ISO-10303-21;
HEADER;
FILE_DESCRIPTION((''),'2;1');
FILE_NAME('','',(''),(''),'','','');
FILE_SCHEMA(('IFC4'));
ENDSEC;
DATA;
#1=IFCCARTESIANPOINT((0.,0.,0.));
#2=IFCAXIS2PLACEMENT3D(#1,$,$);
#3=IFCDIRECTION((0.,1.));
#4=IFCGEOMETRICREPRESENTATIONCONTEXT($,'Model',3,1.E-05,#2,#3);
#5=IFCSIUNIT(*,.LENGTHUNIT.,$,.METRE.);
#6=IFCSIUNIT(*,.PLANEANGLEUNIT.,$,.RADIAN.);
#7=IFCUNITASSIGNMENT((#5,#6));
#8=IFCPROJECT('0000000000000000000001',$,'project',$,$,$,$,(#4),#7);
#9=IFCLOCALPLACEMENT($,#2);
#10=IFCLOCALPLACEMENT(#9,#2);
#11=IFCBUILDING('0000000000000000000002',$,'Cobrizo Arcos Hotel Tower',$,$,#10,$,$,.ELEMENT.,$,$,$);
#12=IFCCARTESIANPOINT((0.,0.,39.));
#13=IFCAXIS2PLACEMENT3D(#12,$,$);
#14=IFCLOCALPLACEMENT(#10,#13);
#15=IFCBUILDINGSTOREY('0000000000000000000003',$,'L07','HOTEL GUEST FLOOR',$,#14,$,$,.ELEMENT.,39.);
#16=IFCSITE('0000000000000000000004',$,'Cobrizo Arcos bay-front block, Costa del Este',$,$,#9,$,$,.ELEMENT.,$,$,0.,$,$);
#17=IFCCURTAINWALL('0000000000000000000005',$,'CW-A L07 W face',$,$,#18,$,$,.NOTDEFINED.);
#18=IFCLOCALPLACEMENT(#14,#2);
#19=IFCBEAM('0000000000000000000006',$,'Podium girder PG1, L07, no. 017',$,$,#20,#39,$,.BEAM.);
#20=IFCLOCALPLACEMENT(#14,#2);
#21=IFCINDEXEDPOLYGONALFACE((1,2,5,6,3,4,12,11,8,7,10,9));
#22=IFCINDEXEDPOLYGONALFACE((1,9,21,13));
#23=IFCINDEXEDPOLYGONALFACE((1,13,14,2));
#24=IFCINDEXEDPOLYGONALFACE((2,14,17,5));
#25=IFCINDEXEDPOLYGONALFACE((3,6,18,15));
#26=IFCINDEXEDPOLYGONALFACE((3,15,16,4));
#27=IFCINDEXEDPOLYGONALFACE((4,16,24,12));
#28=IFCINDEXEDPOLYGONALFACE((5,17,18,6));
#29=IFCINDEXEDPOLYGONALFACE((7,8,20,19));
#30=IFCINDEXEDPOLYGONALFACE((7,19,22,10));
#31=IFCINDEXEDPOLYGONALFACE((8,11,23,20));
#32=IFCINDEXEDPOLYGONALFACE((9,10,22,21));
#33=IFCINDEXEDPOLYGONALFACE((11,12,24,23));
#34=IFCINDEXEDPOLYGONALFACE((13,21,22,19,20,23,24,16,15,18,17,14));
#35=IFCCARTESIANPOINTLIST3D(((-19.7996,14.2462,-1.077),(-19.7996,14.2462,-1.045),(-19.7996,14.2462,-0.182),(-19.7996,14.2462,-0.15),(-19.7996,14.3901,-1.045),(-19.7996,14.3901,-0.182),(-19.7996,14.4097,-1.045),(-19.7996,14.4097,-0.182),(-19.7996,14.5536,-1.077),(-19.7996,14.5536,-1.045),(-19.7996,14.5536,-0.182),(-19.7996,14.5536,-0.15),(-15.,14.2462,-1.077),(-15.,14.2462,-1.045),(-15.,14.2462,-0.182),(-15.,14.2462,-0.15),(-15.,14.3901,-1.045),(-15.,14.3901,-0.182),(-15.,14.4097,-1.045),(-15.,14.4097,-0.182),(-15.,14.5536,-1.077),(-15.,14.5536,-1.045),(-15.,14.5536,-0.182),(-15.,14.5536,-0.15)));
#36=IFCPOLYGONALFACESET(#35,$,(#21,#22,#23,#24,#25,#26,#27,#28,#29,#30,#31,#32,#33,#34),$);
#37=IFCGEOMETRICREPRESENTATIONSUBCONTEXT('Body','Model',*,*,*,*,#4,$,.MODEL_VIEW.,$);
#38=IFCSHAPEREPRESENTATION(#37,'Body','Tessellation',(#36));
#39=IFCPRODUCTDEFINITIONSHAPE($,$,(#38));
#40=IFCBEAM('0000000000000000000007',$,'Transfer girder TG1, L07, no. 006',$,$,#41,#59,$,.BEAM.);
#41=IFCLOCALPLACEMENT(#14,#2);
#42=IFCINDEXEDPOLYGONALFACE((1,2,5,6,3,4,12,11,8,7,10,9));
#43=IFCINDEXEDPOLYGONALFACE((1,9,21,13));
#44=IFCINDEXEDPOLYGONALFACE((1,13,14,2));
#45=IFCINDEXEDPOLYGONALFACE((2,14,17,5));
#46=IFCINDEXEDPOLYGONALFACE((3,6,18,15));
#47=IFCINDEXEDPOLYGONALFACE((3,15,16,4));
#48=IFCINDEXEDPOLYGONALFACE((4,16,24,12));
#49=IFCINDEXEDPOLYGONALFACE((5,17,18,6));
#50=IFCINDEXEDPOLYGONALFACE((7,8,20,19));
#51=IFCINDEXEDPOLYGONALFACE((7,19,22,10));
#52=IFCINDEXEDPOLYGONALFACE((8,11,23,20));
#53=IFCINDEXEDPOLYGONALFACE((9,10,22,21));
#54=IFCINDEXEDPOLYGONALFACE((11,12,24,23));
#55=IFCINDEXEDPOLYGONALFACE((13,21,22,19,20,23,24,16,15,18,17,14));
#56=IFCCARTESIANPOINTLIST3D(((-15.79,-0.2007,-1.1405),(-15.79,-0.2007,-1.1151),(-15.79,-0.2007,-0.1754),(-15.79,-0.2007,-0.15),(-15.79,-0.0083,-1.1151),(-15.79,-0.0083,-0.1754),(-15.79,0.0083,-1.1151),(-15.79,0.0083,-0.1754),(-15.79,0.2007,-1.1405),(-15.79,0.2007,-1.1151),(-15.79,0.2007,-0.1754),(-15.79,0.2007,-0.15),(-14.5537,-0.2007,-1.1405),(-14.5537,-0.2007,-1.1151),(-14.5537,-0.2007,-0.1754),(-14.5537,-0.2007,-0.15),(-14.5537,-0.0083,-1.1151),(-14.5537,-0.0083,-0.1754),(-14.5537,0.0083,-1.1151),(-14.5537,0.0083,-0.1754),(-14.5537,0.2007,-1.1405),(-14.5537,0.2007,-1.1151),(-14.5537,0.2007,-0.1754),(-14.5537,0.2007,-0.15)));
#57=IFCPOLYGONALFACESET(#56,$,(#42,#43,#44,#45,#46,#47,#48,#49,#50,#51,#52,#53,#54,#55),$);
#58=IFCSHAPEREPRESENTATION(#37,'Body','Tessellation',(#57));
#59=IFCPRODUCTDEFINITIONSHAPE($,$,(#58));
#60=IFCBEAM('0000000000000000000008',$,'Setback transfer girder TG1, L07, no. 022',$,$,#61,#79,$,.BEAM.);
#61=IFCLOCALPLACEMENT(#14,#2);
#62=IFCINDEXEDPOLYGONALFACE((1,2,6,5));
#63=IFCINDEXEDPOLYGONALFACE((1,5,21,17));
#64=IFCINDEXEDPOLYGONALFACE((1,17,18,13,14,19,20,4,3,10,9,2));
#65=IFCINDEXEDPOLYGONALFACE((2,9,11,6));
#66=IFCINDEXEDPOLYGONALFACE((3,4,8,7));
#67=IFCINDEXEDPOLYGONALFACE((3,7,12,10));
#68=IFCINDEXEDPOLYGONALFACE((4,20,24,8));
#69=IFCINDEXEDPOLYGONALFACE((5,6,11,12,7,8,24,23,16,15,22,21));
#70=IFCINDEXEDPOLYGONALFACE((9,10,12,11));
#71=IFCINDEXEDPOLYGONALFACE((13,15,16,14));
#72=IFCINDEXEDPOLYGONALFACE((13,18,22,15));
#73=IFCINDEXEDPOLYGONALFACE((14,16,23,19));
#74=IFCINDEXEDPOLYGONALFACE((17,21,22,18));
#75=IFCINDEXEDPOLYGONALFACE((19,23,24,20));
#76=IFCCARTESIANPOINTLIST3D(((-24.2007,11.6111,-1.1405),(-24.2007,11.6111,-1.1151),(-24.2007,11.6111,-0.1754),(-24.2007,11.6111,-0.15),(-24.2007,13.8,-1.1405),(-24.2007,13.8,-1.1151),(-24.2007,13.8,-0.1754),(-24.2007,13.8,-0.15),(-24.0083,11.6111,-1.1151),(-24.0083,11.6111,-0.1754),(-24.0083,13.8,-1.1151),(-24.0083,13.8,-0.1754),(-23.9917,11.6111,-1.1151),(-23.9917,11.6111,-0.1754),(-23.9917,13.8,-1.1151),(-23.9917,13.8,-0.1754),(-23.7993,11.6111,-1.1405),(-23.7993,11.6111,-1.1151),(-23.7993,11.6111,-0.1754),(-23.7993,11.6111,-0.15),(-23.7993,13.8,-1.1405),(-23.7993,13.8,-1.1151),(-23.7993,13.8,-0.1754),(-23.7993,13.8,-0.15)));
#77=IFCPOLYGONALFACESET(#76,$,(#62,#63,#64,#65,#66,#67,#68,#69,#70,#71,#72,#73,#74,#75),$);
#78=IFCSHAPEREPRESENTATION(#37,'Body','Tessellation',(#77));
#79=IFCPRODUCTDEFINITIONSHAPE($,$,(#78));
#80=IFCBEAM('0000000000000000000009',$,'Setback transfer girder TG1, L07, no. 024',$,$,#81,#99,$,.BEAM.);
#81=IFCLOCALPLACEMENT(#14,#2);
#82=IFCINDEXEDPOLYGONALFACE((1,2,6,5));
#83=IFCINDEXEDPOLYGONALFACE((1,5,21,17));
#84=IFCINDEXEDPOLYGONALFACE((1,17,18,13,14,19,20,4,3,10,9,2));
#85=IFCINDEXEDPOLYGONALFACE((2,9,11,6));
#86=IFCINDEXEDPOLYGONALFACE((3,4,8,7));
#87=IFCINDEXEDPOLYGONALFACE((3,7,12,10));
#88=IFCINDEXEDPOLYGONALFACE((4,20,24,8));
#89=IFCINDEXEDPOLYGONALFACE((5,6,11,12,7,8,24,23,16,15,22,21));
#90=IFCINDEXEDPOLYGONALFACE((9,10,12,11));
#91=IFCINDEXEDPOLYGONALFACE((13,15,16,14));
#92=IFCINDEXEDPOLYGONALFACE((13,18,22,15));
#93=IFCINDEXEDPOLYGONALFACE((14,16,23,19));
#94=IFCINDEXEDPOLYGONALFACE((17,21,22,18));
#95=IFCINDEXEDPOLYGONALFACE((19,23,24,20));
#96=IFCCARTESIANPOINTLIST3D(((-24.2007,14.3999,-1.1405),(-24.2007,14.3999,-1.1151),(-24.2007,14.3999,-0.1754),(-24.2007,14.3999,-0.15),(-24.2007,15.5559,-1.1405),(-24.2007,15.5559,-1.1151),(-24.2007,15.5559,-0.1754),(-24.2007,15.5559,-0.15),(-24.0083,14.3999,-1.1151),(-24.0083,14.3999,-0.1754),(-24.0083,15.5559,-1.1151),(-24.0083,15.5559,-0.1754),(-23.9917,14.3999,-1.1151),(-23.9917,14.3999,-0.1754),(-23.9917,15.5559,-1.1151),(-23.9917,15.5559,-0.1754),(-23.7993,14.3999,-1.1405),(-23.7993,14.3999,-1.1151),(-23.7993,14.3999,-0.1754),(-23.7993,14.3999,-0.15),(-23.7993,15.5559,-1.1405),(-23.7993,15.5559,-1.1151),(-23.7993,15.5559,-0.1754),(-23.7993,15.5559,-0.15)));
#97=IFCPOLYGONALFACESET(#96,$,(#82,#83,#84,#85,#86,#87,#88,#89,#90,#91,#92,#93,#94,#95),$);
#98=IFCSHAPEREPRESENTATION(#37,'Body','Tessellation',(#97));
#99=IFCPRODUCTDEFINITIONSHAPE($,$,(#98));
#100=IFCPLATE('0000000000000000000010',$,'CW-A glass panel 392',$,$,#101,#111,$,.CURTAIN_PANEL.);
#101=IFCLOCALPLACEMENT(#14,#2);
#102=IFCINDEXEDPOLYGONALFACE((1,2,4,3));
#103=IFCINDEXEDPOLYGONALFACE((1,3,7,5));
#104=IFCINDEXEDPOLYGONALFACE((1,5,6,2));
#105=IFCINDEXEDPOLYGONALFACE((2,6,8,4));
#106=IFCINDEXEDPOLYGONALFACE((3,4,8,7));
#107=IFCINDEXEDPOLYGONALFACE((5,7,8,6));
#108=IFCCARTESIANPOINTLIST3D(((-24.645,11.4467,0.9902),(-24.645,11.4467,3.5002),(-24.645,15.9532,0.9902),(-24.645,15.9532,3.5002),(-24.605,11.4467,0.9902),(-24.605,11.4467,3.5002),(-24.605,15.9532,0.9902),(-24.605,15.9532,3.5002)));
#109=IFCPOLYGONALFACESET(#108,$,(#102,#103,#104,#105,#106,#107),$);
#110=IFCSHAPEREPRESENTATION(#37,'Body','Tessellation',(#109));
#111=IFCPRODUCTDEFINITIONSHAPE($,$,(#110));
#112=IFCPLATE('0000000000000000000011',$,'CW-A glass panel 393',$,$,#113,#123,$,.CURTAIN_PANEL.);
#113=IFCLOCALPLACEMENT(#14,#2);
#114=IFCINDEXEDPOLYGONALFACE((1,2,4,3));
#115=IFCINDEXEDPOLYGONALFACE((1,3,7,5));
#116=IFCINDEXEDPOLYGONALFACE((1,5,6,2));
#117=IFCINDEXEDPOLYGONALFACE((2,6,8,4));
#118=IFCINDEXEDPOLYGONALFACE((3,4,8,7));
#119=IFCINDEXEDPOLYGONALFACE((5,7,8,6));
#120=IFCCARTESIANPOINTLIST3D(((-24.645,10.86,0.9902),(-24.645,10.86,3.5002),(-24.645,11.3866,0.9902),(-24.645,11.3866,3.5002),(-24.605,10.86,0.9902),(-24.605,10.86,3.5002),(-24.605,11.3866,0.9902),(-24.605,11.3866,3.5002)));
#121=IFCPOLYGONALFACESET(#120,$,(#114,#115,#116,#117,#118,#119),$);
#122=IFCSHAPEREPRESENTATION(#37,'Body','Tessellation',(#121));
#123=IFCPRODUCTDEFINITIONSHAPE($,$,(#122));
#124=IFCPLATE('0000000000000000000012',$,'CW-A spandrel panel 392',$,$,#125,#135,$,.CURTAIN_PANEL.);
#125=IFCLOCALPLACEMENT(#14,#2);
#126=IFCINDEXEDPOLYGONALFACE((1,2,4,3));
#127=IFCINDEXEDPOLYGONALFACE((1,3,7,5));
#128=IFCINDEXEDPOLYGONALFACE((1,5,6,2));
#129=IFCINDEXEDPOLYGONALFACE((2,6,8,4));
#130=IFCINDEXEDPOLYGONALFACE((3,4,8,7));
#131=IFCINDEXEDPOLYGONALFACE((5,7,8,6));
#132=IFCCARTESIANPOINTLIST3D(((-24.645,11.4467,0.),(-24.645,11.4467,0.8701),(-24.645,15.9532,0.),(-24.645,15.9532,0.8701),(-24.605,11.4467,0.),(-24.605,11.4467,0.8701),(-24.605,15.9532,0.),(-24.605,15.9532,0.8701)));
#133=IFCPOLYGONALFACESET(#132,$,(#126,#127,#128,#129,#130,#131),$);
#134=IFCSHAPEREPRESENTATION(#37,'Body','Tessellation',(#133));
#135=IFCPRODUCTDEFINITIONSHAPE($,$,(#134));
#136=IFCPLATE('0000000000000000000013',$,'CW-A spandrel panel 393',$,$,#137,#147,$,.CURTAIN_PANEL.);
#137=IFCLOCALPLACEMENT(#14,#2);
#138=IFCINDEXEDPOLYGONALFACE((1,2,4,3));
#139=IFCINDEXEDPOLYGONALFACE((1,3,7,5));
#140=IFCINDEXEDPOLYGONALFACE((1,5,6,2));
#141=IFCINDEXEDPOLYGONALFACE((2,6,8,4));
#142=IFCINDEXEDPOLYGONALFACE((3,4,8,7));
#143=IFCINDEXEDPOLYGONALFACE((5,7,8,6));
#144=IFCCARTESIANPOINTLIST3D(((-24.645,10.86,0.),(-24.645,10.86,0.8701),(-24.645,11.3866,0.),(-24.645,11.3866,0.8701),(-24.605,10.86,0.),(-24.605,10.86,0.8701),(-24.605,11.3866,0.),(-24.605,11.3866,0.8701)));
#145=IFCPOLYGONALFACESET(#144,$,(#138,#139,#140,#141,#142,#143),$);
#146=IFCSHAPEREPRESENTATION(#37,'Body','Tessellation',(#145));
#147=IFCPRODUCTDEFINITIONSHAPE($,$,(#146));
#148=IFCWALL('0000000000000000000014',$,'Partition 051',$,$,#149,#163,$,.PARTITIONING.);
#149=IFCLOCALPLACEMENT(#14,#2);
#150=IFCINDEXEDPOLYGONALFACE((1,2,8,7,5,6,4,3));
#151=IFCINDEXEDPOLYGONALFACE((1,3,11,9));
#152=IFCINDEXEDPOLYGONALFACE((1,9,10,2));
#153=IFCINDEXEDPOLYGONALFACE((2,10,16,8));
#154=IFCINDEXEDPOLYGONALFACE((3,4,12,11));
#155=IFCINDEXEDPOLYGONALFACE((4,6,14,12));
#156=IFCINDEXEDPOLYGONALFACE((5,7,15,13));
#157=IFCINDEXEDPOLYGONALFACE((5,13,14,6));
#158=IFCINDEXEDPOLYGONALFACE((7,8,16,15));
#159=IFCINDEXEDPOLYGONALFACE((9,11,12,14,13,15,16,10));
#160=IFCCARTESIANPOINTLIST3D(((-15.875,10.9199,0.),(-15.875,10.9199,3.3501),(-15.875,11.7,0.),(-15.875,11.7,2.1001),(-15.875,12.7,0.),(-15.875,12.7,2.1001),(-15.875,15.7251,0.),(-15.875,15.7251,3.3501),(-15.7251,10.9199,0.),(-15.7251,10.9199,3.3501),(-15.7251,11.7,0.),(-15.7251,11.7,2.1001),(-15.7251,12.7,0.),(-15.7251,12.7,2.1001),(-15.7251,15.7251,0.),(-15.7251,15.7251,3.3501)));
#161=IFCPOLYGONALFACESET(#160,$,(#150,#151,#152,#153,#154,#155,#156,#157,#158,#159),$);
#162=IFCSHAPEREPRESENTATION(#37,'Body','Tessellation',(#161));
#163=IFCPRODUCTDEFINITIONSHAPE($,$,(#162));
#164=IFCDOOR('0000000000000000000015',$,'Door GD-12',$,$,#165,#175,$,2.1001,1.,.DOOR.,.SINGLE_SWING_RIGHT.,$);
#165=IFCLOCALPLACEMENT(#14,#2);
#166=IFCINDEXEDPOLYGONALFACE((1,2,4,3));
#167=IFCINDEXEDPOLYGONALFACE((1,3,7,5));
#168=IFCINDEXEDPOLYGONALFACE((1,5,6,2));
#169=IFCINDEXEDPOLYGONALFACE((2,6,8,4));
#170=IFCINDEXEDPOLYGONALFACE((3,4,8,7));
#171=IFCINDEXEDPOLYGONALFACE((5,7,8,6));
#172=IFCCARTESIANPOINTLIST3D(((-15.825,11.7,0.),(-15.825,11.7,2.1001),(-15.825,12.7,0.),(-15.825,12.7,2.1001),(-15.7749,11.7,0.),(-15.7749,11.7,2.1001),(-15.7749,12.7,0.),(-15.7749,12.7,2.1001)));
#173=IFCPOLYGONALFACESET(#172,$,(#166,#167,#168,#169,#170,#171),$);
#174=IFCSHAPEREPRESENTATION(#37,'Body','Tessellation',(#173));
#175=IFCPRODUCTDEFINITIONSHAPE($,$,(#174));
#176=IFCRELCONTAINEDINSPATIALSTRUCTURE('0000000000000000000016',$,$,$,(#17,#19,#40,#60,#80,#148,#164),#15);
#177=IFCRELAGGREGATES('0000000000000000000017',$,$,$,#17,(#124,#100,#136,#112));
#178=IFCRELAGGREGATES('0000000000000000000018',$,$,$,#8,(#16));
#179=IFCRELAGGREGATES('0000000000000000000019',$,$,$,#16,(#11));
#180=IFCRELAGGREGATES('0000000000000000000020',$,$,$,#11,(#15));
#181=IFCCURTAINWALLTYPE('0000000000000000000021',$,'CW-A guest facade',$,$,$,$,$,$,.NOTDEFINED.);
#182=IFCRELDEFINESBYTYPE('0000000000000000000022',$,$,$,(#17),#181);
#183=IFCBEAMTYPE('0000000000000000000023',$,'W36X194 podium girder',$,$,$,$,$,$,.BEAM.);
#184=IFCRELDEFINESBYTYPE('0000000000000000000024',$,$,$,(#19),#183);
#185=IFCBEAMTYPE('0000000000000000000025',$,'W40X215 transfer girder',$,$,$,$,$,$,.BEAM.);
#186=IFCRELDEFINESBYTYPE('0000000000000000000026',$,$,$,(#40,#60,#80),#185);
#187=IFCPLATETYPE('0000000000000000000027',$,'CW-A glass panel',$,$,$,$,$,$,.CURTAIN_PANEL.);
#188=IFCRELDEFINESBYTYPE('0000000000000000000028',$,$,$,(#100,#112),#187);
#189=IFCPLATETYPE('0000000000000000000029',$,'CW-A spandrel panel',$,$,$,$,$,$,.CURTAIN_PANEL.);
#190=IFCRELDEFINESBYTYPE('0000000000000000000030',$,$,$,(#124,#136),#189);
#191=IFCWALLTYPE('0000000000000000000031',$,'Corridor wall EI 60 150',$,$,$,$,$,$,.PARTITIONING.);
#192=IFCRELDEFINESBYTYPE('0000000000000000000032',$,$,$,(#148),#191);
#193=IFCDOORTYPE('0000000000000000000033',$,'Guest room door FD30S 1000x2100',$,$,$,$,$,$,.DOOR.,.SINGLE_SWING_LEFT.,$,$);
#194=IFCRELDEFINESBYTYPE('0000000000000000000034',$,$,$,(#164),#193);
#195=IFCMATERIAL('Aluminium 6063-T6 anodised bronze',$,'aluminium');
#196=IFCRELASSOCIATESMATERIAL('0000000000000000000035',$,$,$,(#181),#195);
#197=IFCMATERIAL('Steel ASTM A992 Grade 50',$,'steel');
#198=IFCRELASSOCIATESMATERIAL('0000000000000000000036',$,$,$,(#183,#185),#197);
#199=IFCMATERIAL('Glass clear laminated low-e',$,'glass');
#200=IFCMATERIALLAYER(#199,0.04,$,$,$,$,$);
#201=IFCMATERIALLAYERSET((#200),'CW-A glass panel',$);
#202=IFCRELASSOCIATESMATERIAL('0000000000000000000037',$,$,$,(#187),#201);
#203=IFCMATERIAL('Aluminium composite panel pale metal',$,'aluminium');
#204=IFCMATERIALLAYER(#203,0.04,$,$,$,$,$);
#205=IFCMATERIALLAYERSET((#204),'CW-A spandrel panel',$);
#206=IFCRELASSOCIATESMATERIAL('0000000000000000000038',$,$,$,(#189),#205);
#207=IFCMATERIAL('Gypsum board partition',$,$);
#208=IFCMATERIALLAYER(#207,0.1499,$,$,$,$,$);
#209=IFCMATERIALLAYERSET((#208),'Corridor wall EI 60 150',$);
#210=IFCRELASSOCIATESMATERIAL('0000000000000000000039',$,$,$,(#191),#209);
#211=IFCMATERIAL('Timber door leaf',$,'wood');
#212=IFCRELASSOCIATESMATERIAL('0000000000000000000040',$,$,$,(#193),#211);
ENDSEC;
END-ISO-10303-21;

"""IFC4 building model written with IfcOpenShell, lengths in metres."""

from ifc_helpers import new_model, si_unit, direction, frame, frame_2d, origin, origin_2d, place, context, subcontext, project, spatial, rectangle, i_section, extrude, material, layer, layer_set, material_profile, profile_set, type_object, element, fill, aggregate, save


model = new_model("IFC4")

# Units and contexts
model_context = context("Model", 3, precision=1e-05, world=origin(), true_north=direction((0.0, 1.0)))
body_context = subcontext(model_context, "Body", "Model", "MODEL_VIEW")
ifc_project = project(units=[si_unit("LENGTHUNIT", "METRE"), si_unit("PLANEANGLEUNIT", "RADIAN")], contexts=[model_context])

# Site, building, storey
site_placement = place(None, origin())
site = spatial("IfcSite", under=ifc_project, at=site_placement, Name="Cobrizo Arcos bay-front block, Costa del Este", CompositionType="ELEMENT", RefElevation=0.0)
building_placement = place(site_placement, origin())
building = spatial("IfcBuilding", under=site, at=building_placement, Name="Cobrizo Arcos Hotel Tower", CompositionType="ELEMENT")
storey_placement = place(building_placement, frame((0.0, 0.0, 39.0)))
storey = spatial("IfcBuildingStorey", under=building, at=storey_placement, Name="L07", Description="HOTEL GUEST FLOOR", CompositionType="ELEMENT", Elevation=39.0)

# Curtain wall
ifc_material_1 = material(Name="Aluminium 6063-T6 anodised bronze", Category="aluminium")
curtain_wall_type = type_object("IfcCurtainWallType", Name="CW-A guest facade", PredefinedType="NOTDEFINED", material=ifc_material_1)
curtain_wall_placement = place(storey_placement, origin())
curtain_wall = element("IfcCurtainWall", 1, at=curtain_wall_placement, inside=storey, type_object=curtain_wall_type, Name="CW-A L07 W face", PredefinedType="NOTDEFINED")

# Beams
ifc_material_2 = material(Name="Steel ASTM A992 Grade 50", Category="steel")
ifc_material_profile_1 = material_profile(ifc_material_2, i_section(OverallWidth=0.3074, OverallDepth=0.927, WebThickness=0.0195, FlangeThickness=0.032, at=origin_2d()), Name="W36X194")
ifc_profile_set_1 = profile_set([ifc_material_profile_1], Name="Steel ASTM A992 Grade 50")
beam_type_1 = type_object("IfcBeamType", Name="W36X194 podium girder", PredefinedType="BEAM", material=ifc_profile_set_1)
beam_1_placement = place(storey_placement, frame((-19.7996, 14.3999, -0.6135), z_axis=(1.0, 0.0, 0.0), x_axis=(0.0, 1.0, 0.0)))
element("IfcBeam", 2, at=beam_1_placement, inside=storey, type_object=beam_type_1, Name="Podium girder PG1, L07, no. 017", PredefinedType="BEAM", context=body_context, shape_type="SweptSolid", body=[
    extrude(i_section(OverallWidth=0.3074, OverallDepth=0.927, WebThickness=0.0195, FlangeThickness=0.032, at=origin_2d()), origin(), (0.0, 0.0, 1.0), 4.7996),
])
ifc_material_profile_2 = material_profile(ifc_material_2, i_section(OverallWidth=0.4014, OverallDepth=0.9905, WebThickness=0.0166, FlangeThickness=0.0254, at=origin_2d()), Name="W40X215")
ifc_profile_set_2 = profile_set([ifc_material_profile_2], Name="Steel ASTM A992 Grade 50")
beam_type_2 = type_object("IfcBeamType", Name="W40X215 transfer girder", PredefinedType="BEAM", material=ifc_profile_set_2)
beam_2_placement = place(storey_placement, frame((-15.79, 0.0, -0.6453), z_axis=(1.0, 0.0, 0.0), x_axis=(0.0, 1.0, 0.0)))
element("IfcBeam", 3, at=beam_2_placement, inside=storey, type_object=beam_type_2, Name="Transfer girder TG1, L07, no. 006", PredefinedType="BEAM", context=body_context, shape_type="SweptSolid", body=[
    extrude(i_section(OverallWidth=0.4014, OverallDepth=0.9905, WebThickness=0.0166, FlangeThickness=0.0254, at=origin_2d()), origin(), (0.0, 0.0, 1.0), 1.2363),
])
beam_3_placement = place(storey_placement, frame((-24.0, 13.8, -0.6453), z_axis=(0.0, -1.0, 0.0), x_axis=(1.0, 0.0, 0.0)))
element("IfcBeam", 4, at=beam_3_placement, inside=storey, type_object=beam_type_2, Name="Setback transfer girder TG1, L07, no. 022", PredefinedType="BEAM", context=body_context, shape_type="SweptSolid", body=[
    extrude(i_section(OverallWidth=0.4014, OverallDepth=0.9905, WebThickness=0.0166, FlangeThickness=0.0254, at=origin_2d()), origin(), (0.0, 0.0, 1.0), 2.189),
])
beam_4_placement = place(storey_placement, frame((-24.0, 14.3999, -0.6453), z_axis=(0.0, 1.0, 0.0), x_axis=(-1.0, 0.0, 0.0)))
element("IfcBeam", 5, at=beam_4_placement, inside=storey, type_object=beam_type_2, Name="Setback transfer girder TG1, L07, no. 024", PredefinedType="BEAM", context=body_context, shape_type="SweptSolid", body=[
    extrude(i_section(OverallWidth=0.4014, OverallDepth=0.9905, WebThickness=0.0166, FlangeThickness=0.0254, at=origin_2d()), origin(), (0.0, 0.0, 1.0), 1.156),
])

# Plates
ifc_material_3 = material(Name="Glass clear laminated low-e", Category="glass")
ifc_layer_1 = layer(ifc_material_3, 0.04)
ifc_layer_set_1 = layer_set([ifc_layer_1], Name="CW-A glass panel")
plate_type_1 = type_object("IfcPlateType", Name="CW-A glass panel", PredefinedType="CURTAIN_PANEL", material=ifc_layer_set_1)
plate_1_placement = place(storey_placement, frame((-24.625, 13.7, 0.9902), z_axis=(0.0, 0.0, 1.0), x_axis=(0.0, -1.0, 0.0)))
plate_1 = element("IfcPlate", 6, at=plate_1_placement, type_object=plate_type_1, Name="CW-A glass panel 392", PredefinedType="CURTAIN_PANEL", context=body_context, shape_type="SweptSolid", body=[
    extrude(rectangle(XDim=4.5066, YDim=0.04, at=origin_2d()), origin(), (0.0, 0.0, 1.0), 2.51),
])
plate_2_placement = place(storey_placement, frame((-24.625, 11.1233, 0.9902), z_axis=(0.0, 0.0, 1.0), x_axis=(0.0, -1.0, 0.0)))
plate_2 = element("IfcPlate", 7, at=plate_2_placement, type_object=plate_type_1, Name="CW-A glass panel 393", PredefinedType="CURTAIN_PANEL", context=body_context, shape_type="SweptSolid", body=[
    extrude(rectangle(XDim=0.5266, YDim=0.04, at=origin_2d()), origin(), (0.0, 0.0, 1.0), 2.51),
])
ifc_material_4 = material(Name="Aluminium composite panel pale metal", Category="aluminium")
ifc_layer_2 = layer(ifc_material_4, 0.04)
ifc_layer_set_2 = layer_set([ifc_layer_2], Name="CW-A spandrel panel")
plate_type_2 = type_object("IfcPlateType", Name="CW-A spandrel panel", PredefinedType="CURTAIN_PANEL", material=ifc_layer_set_2)
plate_3_placement = place(storey_placement, frame((-24.625, 13.7, 0.0), z_axis=(0.0, 0.0, 1.0), x_axis=(0.0, -1.0, 0.0)))
plate_3 = element("IfcPlate", 8, at=plate_3_placement, type_object=plate_type_2, Name="CW-A spandrel panel 392", PredefinedType="CURTAIN_PANEL", context=body_context, shape_type="SweptSolid", body=[
    extrude(rectangle(XDim=4.5066, YDim=0.04, at=origin_2d()), origin(), (0.0, 0.0, 1.0), 0.8701),
])
plate_4_placement = place(storey_placement, frame((-24.625, 11.1233, 0.0), z_axis=(0.0, 0.0, 1.0), x_axis=(0.0, -1.0, 0.0)))
plate_4 = element("IfcPlate", 9, at=plate_4_placement, type_object=plate_type_2, Name="CW-A spandrel panel 393", PredefinedType="CURTAIN_PANEL", context=body_context, shape_type="SweptSolid", body=[
    extrude(rectangle(XDim=0.5266, YDim=0.04, at=origin_2d()), origin(), (0.0, 0.0, 1.0), 0.8701),
])
aggregate(curtain_wall, [plate_3, plate_1, plate_4, plate_2])

# Wall, opening, door
ifc_material_5 = material(Name="Gypsum board partition")
ifc_layer_3 = layer(ifc_material_5, 0.1499)
ifc_layer_set_3 = layer_set([ifc_layer_3], Name="Corridor wall EI 60 150")
wall_type_1 = type_object("IfcWallType", Name="Corridor wall EI 60 150", PredefinedType="PARTITIONING", material=ifc_layer_set_3)
wall_1_placement = place(storey_placement, frame((-15.8, 10.9199, 0.0), z_axis=(0.0, 0.0, 1.0), x_axis=(0.0, 1.0, 0.0)))
wall_1 = element("IfcWall", 10, at=wall_1_placement, inside=storey, type_object=wall_type_1, Name="Partition 051", PredefinedType="PARTITIONING", context=body_context, shape_type="SweptSolid", body=[
    extrude(rectangle(XDim=4.8052, YDim=0.1499, at=frame_2d((2.4026, 0.0))), origin(), (0.0, 0.0, 1.0), 3.3501),
])
opening_1_placement = place(wall_1_placement, frame((0.78, 0.0, 0.0)))
opening_1 = element("IfcOpeningElement", 11, at=opening_1_placement, cuts=wall_1, PredefinedType="OPENING", context=body_context, shape_type="SweptSolid", body=[
    extrude(rectangle(XDim=1.0, YDim=2.1001, at=frame_2d((0.5, 1.05))), frame((0.0, 0.0869, 0.0), z_axis=(0.0, -1.0, 0.0), x_axis=(1.0, 0.0, 0.0)), (0.0, 0.0, 1.0), 0.1738),
])
ifc_material_6 = material(Name="Timber door leaf", Category="wood")
door_type = type_object("IfcDoorType", Name="Guest room door FD30S 1000x2100", OperationType="SINGLE_SWING_LEFT", PredefinedType="DOOR", material=ifc_material_6)
door_placement = place(opening_1_placement, origin())
door = element("IfcDoor", 12, at=door_placement, inside=storey, type_object=door_type, Name="Door GD-12", OperationType="SINGLE_SWING_RIGHT", OverallHeight=2.1001, OverallWidth=1.0, PredefinedType="DOOR", context=body_context, shape_type="SweptSolid", body=[
    extrude(rectangle(XDim=1.0, YDim=2.1001, at=frame_2d((0.5, 1.05))), frame((0.0, 0.0249, 0.0), z_axis=(0.0, -1.0, 0.0), x_axis=(1.0, 0.0, 0.0)), (0.0, 0.0, 1.0), 0.05),
])
fill(opening_1, door)

save(model, "model.ifc")
